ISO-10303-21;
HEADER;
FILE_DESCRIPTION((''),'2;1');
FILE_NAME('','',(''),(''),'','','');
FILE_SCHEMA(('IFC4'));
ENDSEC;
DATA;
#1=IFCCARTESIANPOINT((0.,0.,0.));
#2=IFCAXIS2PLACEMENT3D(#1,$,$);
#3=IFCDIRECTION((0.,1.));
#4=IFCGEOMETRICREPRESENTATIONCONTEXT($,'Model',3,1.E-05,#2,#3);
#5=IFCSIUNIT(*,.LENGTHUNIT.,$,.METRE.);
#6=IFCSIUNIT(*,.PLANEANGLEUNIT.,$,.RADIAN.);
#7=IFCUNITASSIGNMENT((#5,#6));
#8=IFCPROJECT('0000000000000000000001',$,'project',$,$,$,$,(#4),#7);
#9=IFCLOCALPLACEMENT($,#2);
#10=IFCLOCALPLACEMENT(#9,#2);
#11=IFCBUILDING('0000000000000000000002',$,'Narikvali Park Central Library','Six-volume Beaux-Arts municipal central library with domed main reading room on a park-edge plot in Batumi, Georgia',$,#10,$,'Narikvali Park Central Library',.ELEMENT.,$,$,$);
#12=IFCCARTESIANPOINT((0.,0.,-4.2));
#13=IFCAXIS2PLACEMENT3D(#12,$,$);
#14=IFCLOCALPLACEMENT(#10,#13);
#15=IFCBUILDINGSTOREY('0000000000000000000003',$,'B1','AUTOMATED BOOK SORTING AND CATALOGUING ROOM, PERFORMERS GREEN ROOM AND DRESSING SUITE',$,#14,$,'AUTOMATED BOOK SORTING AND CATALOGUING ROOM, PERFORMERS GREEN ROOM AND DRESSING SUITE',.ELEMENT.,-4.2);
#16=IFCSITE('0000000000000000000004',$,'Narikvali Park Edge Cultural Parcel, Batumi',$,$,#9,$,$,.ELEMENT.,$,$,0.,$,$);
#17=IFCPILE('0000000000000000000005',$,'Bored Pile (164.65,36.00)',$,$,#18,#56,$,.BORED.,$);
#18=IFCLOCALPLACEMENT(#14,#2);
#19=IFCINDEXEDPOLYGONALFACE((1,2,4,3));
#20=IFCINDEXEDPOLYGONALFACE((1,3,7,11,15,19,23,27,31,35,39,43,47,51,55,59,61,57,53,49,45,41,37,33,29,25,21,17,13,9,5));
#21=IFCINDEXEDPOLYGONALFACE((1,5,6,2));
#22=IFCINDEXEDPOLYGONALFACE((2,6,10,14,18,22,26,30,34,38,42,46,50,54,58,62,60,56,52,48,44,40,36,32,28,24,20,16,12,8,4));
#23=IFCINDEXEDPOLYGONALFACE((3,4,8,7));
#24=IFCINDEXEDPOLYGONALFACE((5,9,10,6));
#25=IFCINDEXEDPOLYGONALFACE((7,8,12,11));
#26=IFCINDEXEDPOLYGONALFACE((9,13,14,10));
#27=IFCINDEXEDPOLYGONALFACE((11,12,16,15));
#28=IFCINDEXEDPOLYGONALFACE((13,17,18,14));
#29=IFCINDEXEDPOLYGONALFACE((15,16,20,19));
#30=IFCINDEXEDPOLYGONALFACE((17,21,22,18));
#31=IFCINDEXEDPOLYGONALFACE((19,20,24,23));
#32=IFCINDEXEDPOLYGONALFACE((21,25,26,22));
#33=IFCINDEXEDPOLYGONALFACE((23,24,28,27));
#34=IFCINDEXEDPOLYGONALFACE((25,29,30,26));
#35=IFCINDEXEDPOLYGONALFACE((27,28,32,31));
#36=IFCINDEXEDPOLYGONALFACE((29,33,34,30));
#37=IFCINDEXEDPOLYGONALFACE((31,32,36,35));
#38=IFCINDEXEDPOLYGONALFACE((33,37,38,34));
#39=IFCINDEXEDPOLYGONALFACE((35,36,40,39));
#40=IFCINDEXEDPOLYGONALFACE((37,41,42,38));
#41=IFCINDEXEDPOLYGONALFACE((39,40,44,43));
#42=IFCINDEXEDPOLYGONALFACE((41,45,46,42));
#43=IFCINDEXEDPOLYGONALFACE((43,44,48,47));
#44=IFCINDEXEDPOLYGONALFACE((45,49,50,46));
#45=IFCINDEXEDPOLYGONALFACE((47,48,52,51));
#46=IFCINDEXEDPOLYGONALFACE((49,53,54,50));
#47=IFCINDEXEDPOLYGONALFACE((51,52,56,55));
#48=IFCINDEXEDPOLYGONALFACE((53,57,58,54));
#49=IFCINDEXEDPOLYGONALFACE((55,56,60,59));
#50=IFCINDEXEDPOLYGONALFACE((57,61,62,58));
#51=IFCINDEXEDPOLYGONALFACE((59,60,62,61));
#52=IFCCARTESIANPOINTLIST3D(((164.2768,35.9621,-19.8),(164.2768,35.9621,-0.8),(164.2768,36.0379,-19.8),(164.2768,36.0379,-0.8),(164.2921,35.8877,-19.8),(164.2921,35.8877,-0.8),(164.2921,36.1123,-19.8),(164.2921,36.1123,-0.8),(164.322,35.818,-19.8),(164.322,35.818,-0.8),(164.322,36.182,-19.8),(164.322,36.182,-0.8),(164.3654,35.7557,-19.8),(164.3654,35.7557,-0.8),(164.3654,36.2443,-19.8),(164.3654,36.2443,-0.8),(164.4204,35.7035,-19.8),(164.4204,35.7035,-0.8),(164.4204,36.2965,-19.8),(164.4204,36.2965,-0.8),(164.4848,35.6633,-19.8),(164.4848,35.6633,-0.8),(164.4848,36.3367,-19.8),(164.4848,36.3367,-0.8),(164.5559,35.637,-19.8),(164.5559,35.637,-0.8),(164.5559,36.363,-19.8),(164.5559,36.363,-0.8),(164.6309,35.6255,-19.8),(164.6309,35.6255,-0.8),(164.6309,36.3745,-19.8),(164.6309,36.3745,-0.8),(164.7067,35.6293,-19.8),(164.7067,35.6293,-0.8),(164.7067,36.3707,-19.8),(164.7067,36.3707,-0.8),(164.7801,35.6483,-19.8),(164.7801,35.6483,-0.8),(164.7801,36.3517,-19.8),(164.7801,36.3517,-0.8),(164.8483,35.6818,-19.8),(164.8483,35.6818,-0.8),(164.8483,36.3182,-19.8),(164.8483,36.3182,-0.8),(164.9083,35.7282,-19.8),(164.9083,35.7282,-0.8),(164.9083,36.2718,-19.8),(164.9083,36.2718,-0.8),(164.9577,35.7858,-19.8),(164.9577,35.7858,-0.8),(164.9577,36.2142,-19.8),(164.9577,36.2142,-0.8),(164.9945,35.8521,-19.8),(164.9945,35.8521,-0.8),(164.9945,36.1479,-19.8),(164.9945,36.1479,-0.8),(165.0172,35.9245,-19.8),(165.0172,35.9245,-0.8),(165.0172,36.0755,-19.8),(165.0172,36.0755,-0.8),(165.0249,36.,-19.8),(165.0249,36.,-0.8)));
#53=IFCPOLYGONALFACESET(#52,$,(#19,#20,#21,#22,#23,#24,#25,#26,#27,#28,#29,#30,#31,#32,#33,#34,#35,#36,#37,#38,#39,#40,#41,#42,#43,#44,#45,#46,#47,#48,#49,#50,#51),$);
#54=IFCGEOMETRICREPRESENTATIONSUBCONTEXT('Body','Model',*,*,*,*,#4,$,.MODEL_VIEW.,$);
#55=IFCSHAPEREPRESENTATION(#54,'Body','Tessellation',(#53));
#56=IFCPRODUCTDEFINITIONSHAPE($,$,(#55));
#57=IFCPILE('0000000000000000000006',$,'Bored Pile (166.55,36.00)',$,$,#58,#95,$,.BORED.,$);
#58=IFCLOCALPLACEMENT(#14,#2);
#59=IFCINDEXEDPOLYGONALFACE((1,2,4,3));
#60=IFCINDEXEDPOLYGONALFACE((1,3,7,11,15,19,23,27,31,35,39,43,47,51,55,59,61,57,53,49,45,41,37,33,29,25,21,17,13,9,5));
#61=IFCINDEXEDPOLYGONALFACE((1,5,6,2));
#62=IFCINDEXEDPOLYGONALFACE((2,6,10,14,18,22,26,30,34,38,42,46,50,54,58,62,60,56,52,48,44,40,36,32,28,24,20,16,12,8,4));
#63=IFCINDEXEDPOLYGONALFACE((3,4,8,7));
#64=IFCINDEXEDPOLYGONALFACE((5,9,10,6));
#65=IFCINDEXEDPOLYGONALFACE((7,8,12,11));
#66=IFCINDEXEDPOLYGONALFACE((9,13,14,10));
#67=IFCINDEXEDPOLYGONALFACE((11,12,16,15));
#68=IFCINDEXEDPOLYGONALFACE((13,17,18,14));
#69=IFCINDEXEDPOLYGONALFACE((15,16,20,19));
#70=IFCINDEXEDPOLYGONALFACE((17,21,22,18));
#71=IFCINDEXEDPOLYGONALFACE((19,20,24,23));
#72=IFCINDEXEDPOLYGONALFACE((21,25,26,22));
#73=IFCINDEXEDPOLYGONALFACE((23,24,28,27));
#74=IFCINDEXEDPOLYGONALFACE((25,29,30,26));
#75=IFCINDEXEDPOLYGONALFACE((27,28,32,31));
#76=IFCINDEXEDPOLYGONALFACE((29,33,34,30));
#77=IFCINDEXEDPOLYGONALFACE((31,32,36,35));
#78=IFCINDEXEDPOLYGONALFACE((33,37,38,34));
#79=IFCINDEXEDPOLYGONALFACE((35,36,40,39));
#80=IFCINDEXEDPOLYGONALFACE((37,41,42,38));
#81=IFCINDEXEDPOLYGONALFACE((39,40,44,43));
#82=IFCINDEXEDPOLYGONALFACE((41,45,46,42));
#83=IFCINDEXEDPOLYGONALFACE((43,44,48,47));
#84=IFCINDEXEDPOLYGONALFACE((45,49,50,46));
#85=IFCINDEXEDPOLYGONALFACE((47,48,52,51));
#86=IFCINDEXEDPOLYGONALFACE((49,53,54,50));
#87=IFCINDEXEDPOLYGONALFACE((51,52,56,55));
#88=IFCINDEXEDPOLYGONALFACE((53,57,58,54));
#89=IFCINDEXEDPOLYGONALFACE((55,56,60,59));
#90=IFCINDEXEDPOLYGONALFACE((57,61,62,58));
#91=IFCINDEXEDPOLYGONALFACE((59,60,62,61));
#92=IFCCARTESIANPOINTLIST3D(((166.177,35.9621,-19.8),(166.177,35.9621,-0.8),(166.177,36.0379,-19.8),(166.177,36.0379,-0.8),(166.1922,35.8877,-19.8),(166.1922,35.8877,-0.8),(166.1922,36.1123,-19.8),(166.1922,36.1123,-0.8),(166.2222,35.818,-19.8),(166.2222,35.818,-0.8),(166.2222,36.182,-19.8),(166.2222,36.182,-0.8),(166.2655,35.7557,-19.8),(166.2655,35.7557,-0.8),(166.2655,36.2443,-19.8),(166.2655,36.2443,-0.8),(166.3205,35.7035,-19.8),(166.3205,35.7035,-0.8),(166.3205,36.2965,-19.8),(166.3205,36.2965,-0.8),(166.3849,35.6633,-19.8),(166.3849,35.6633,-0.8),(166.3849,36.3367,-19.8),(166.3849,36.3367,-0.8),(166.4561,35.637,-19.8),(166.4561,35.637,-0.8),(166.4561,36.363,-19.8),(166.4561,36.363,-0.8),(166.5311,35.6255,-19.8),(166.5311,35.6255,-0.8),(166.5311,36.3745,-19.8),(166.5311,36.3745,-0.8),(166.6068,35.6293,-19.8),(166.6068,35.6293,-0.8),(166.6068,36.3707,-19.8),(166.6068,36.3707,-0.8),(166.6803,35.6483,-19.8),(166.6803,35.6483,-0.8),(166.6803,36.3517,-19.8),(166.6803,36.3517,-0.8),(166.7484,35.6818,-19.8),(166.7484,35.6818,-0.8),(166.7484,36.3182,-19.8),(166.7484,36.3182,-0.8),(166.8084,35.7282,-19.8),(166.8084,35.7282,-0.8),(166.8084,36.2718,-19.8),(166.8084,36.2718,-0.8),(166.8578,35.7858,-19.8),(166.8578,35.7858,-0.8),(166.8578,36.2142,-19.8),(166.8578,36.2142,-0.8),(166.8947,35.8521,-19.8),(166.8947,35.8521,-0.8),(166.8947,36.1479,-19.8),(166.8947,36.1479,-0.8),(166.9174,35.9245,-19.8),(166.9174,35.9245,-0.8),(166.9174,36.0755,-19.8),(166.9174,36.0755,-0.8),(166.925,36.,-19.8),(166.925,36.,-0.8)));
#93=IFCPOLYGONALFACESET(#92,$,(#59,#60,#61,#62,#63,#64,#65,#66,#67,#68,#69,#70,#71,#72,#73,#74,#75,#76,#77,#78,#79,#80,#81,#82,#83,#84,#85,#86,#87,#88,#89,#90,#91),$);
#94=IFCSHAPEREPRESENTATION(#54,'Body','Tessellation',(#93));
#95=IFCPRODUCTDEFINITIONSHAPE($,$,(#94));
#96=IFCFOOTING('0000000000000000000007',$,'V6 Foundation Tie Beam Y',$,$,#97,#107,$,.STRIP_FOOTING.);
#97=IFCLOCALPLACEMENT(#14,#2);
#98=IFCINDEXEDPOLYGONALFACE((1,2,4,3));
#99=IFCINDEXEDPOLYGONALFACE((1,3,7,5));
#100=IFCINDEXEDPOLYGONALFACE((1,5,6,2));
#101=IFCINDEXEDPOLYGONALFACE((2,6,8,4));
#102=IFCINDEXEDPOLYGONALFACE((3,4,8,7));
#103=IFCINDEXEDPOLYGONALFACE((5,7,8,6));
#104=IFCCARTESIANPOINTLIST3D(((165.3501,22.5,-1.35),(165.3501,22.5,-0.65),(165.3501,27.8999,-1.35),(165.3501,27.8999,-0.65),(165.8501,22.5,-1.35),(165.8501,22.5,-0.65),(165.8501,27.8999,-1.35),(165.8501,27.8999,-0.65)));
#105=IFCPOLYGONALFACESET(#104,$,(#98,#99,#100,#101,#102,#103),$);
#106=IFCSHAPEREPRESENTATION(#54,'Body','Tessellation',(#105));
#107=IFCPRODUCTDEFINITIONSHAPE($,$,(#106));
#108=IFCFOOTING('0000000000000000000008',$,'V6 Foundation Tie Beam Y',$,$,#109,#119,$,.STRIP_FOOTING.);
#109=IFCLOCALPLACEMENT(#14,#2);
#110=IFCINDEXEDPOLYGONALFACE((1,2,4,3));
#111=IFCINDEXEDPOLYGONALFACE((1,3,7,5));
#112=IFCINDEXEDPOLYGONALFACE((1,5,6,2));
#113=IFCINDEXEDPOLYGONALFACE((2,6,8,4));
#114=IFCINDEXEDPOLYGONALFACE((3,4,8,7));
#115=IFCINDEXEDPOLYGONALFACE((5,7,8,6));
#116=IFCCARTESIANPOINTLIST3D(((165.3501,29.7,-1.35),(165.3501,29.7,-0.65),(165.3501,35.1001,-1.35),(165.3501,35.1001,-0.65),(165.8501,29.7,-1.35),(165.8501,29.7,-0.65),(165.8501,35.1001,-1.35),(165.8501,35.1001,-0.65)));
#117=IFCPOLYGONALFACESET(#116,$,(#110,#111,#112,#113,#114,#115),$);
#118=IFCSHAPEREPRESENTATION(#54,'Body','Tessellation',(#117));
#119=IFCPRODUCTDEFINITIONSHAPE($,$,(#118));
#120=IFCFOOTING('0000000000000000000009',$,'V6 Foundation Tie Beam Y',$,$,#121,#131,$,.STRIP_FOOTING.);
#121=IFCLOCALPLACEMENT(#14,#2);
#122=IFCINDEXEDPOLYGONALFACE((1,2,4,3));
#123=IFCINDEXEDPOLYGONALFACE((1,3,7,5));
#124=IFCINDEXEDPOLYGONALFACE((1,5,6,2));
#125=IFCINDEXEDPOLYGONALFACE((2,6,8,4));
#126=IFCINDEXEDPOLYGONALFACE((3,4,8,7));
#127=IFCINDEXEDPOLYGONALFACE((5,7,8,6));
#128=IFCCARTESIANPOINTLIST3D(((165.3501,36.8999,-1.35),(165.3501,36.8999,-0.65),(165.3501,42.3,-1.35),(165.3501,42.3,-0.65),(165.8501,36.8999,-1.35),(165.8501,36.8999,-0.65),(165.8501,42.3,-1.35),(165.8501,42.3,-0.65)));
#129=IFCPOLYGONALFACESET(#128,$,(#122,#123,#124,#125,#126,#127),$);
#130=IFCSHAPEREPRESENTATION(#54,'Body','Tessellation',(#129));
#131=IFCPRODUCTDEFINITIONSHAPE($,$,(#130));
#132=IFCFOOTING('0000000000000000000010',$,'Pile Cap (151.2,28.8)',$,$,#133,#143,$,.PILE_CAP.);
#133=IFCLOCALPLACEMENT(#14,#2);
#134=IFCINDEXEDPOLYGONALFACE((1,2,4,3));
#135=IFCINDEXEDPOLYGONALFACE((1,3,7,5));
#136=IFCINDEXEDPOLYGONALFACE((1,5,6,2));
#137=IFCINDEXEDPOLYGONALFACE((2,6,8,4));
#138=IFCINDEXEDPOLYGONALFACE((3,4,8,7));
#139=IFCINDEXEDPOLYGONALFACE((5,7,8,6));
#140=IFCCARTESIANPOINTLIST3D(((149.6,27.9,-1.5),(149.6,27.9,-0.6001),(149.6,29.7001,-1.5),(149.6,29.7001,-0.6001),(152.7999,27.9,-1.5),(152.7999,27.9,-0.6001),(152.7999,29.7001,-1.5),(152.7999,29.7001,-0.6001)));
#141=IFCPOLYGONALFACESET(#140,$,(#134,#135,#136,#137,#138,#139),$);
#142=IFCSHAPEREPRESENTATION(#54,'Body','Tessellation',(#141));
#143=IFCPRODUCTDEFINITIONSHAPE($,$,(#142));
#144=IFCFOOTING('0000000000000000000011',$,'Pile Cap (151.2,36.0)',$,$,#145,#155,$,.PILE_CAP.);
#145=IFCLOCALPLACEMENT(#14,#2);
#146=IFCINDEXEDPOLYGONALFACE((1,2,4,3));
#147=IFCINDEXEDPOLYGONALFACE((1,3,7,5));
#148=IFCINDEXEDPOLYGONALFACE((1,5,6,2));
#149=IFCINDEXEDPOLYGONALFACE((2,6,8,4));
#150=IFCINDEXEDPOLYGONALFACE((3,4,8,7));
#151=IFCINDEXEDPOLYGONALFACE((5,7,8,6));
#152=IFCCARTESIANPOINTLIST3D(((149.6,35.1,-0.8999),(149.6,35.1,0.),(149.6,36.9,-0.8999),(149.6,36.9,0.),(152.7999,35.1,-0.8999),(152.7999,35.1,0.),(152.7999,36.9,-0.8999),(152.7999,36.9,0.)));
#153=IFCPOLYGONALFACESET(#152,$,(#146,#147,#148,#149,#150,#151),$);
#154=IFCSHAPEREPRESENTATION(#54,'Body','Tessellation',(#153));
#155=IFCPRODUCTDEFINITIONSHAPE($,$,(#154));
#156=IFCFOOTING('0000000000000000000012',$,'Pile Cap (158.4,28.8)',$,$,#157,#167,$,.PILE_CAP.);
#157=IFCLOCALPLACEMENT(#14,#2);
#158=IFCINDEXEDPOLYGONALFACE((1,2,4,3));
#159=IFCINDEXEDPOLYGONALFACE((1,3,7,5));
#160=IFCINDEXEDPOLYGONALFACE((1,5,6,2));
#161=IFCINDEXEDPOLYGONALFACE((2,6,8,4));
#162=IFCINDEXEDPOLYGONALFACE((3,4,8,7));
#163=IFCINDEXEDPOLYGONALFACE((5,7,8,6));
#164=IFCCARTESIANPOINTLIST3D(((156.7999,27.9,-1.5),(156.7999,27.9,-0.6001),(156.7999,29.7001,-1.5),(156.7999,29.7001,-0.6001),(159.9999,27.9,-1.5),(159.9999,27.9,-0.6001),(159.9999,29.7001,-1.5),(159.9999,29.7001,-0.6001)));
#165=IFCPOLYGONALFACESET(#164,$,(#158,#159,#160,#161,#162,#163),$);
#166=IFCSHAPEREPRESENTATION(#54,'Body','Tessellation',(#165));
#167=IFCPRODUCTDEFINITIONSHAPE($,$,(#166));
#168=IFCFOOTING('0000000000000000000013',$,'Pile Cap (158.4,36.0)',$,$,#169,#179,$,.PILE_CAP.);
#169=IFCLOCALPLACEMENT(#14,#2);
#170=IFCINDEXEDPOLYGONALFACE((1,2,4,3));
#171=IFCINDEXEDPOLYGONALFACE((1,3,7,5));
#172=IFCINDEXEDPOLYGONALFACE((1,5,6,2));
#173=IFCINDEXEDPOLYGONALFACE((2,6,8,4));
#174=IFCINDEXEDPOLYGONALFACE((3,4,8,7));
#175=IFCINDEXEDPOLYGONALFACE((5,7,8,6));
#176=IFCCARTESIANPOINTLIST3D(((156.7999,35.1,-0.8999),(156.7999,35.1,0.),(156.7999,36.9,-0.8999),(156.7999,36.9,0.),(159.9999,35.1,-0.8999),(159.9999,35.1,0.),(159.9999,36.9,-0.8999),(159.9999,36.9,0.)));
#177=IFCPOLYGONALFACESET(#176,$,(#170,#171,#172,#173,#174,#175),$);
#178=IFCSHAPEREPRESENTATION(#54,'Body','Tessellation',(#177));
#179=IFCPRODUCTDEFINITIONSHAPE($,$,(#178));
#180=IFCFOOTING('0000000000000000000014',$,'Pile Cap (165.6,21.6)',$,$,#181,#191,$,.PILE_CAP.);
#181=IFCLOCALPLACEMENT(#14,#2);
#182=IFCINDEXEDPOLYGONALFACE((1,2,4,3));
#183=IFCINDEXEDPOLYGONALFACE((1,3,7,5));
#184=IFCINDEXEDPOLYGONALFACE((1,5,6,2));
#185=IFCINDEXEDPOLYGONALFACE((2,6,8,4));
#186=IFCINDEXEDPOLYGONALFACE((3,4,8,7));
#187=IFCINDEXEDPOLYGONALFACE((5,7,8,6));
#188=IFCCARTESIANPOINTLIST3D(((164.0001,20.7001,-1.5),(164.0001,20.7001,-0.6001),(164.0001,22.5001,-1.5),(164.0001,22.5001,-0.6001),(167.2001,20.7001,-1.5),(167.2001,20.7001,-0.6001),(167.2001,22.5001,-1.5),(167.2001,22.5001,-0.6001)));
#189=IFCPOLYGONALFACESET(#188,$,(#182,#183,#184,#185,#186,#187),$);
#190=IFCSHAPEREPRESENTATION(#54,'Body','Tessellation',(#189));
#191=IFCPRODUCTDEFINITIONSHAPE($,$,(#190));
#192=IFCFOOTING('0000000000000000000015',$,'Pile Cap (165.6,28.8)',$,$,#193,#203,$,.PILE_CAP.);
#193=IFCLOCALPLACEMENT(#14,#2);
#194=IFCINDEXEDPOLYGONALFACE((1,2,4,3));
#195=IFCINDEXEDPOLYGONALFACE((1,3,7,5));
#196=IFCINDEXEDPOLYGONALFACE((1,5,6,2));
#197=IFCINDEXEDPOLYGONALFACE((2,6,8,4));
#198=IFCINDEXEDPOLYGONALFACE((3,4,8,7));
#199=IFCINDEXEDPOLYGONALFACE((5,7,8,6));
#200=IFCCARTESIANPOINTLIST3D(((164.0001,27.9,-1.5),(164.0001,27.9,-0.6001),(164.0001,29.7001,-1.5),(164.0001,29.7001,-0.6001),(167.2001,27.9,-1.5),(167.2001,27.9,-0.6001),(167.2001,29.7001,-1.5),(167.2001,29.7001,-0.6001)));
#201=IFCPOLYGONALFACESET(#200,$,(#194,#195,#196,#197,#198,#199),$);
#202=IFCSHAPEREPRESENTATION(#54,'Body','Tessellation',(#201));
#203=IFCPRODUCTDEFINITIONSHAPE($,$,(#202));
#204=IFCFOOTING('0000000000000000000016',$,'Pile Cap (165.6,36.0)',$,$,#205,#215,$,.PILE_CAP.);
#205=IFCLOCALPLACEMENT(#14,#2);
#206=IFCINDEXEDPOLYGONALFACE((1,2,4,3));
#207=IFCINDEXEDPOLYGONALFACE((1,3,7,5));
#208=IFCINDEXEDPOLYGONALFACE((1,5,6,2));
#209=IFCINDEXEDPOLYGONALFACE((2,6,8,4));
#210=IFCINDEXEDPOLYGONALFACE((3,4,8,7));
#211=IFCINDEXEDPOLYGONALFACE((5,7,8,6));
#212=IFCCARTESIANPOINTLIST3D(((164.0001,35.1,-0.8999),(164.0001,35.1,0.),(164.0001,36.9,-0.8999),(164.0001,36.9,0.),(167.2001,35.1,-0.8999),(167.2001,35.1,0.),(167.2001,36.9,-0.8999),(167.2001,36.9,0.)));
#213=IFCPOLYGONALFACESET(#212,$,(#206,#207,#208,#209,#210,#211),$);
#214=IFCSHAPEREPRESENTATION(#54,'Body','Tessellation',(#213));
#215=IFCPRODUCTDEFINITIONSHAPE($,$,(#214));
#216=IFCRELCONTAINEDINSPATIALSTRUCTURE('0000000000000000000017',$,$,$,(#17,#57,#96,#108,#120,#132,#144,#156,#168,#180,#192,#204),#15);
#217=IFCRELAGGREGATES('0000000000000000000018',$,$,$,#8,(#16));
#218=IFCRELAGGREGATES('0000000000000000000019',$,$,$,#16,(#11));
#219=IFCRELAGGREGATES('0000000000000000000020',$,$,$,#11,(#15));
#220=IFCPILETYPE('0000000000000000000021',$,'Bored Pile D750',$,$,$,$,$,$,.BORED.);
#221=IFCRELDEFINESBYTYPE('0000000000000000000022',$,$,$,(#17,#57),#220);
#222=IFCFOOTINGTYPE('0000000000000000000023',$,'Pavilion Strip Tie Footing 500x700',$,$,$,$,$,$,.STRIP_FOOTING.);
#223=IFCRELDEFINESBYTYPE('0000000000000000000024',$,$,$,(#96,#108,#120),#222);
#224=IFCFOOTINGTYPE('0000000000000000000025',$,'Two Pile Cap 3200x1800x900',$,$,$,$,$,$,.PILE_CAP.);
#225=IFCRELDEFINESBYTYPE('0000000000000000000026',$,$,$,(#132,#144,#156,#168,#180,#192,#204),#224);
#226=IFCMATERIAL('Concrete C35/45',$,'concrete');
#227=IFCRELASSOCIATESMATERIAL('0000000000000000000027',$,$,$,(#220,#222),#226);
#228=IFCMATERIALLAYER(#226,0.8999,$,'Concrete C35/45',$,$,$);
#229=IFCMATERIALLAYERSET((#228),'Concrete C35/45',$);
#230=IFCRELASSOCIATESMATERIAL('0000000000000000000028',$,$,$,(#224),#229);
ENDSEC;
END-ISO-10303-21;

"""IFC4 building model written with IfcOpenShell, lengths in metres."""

from ifc_helpers import new_model, si_unit, direction, frame, origin, origin_2d, place, context, subcontext, project, spatial, rectangle, circle, extrude, material, layer, layer_set, material_profile, profile_set, type_object, element, save


model = new_model("IFC4")

# Units and contexts
model_context = context("Model", 3, precision=1e-05, world=origin(), true_north=direction((0.0, 1.0)))
body_context = subcontext(model_context, "Body", "Model", "MODEL_VIEW")
ifc_project = project(units=[si_unit("LENGTHUNIT", "METRE"), si_unit("PLANEANGLEUNIT", "RADIAN")], contexts=[model_context])

# Site, building, storey
site_placement = place(None, origin())
site = spatial("IfcSite", under=ifc_project, at=site_placement, Name="Narikvali Park Edge Cultural Parcel, Batumi", CompositionType="ELEMENT", RefElevation=0.0)
building_placement = place(site_placement, origin())
building = spatial("IfcBuilding", under=site, at=building_placement, Name="Narikvali Park Central Library", Description="Six-volume Beaux-Arts municipal central library with domed main reading room on a park-edge plot in Batumi, Georgia", LongName="Narikvali Park Central Library", CompositionType="ELEMENT")
storey_placement = place(building_placement, frame((0.0, 0.0, -4.2)))
storey = spatial("IfcBuildingStorey", under=building, at=storey_placement, Name="B1", Description="AUTOMATED BOOK SORTING AND CATALOGUING ROOM, PERFORMERS GREEN ROOM AND DRESSING SUITE", LongName="AUTOMATED BOOK SORTING AND CATALOGUING ROOM, PERFORMERS GREEN ROOM AND DRESSING SUITE", CompositionType="ELEMENT", Elevation=-4.2)

# Piles
ifc_material_1 = material(Name="Concrete C35/45", Category="concrete")
ifc_material_profile_1 = material_profile(ifc_material_1, circle(Radius=0.375, at=origin_2d()), Name="PILE D750")
ifc_profile_set_1 = profile_set([ifc_material_profile_1], Name="Concrete C35/45")
pile_type = type_object("IfcPileType", Name="Bored Pile D750", PredefinedType="BORED", material=ifc_profile_set_1)
for number, where, z_axis, x_axis, name in (
    (1, (164.6499, 36.0, -0.8), (0.0, 0.0, -1.0), (1.0, 0.0, 0.0), "Bored Pile (164.65,36.00)"),
    (2, (166.55, 36.0, -0.8), (0.0, 0.0, -1.0), (1.0, 0.0, 0.0), "Bored Pile (166.55,36.00)"),
):
    element("IfcPile", number, at=place(storey_placement, frame(where, z_axis=z_axis, x_axis=x_axis)), inside=storey, type_object=pile_type, Name=name, PredefinedType="BORED", context=body_context, shape_type="SweptSolid", body=[
        extrude(circle(Radius=0.375, at=origin_2d()), origin(), (0.0, 0.0, 1.0), 19.0),
    ])

# Footings
ifc_material_profile_2 = material_profile(ifc_material_1, rectangle(XDim=0.5, YDim=0.7, at=origin_2d()), Name="RC GB 500x700")
ifc_profile_set_2 = profile_set([ifc_material_profile_2], Name="Concrete C35/45")
footing_type_1 = type_object("IfcFootingType", Name="Pavilion Strip Tie Footing 500x700", PredefinedType="STRIP_FOOTING", material=ifc_profile_set_2)
footing_placement = place(storey_placement, frame((165.6001, 22.5, -1.0), z_axis=(0.0, 1.0, 0.0), x_axis=(-1.0, 0.0, 0.0)))
element("IfcFooting", 3, at=footing_placement, inside=storey, type_object=footing_type_1, Name="V6 Foundation Tie Beam Y", PredefinedType="STRIP_FOOTING", context=body_context, shape_type="SweptSolid", body=[
    extrude(rectangle(XDim=0.5, YDim=0.7, at=origin_2d()), origin(), (0.0, 0.0, 1.0), 5.3999),
])
for number, where, z_axis, x_axis, name in (
    (4, (165.6001, 29.7, -1.0), (0.0, 1.0, 0.0), (-1.0, 0.0, 0.0), "V6 Foundation Tie Beam Y"),
    (5, (165.6001, 36.8999, -1.0), (0.0, 1.0, 0.0), (-1.0, 0.0, 0.0), "V6 Foundation Tie Beam Y"),
):
    element("IfcFooting", number, at=place(storey_placement, frame(where, z_axis=z_axis, x_axis=x_axis)), inside=storey, type_object=footing_type_1, Name=name, PredefinedType="STRIP_FOOTING", context=body_context, shape_type="SweptSolid", body=[
        extrude(rectangle(XDim=0.5, YDim=0.7, at=origin_2d()), origin(), (0.0, 0.0, 1.0), 5.4001),
    ])
ifc_layer_1 = layer(ifc_material_1, 0.8999, Name="Concrete C35/45")
ifc_layer_set_1 = layer_set([ifc_layer_1], Name="Concrete C35/45")
footing_type_2 = type_object("IfcFootingType", Name="Two Pile Cap 3200x1800x900", PredefinedType="PILE_CAP", material=ifc_layer_set_1)
for number, where, z_axis, x_axis, name in (
    (6, (151.2, 28.8, -1.5), (0.0, 0.0, 1.0), (1.0, 0.0, 0.0), "Pile Cap (151.2,28.8)"),
    (7, (151.2, 36.0, -0.8999), (0.0, 0.0, 1.0), (1.0, 0.0, 0.0), "Pile Cap (151.2,36.0)"),
    (8, (158.3999, 28.8, -1.5), (0.0, 0.0, 1.0), (1.0, 0.0, 0.0), "Pile Cap (158.4,28.8)"),
    (9, (158.3999, 36.0, -0.8999), (0.0, 0.0, 1.0), (1.0, 0.0, 0.0), "Pile Cap (158.4,36.0)"),
    (10, (165.6001, 21.6001, -1.5), (0.0, 0.0, 1.0), (1.0, 0.0, 0.0), "Pile Cap (165.6,21.6)"),
    (11, (165.6001, 28.8, -1.5), (0.0, 0.0, 1.0), (1.0, 0.0, 0.0), "Pile Cap (165.6,28.8)"),
    (12, (165.6001, 36.0, -0.8999), (0.0, 0.0, 1.0), (1.0, 0.0, 0.0), "Pile Cap (165.6,36.0)"),
):
    element("IfcFooting", number, at=place(storey_placement, frame(where, z_axis=z_axis, x_axis=x_axis)), inside=storey, type_object=footing_type_2, Name=name, PredefinedType="PILE_CAP", context=body_context, shape_type="SweptSolid", body=[
        extrude(rectangle(XDim=3.2, YDim=1.8, at=origin_2d()), origin(), (0.0, 0.0, 1.0), 0.8999),
    ])

save(model, "model.ifc")
